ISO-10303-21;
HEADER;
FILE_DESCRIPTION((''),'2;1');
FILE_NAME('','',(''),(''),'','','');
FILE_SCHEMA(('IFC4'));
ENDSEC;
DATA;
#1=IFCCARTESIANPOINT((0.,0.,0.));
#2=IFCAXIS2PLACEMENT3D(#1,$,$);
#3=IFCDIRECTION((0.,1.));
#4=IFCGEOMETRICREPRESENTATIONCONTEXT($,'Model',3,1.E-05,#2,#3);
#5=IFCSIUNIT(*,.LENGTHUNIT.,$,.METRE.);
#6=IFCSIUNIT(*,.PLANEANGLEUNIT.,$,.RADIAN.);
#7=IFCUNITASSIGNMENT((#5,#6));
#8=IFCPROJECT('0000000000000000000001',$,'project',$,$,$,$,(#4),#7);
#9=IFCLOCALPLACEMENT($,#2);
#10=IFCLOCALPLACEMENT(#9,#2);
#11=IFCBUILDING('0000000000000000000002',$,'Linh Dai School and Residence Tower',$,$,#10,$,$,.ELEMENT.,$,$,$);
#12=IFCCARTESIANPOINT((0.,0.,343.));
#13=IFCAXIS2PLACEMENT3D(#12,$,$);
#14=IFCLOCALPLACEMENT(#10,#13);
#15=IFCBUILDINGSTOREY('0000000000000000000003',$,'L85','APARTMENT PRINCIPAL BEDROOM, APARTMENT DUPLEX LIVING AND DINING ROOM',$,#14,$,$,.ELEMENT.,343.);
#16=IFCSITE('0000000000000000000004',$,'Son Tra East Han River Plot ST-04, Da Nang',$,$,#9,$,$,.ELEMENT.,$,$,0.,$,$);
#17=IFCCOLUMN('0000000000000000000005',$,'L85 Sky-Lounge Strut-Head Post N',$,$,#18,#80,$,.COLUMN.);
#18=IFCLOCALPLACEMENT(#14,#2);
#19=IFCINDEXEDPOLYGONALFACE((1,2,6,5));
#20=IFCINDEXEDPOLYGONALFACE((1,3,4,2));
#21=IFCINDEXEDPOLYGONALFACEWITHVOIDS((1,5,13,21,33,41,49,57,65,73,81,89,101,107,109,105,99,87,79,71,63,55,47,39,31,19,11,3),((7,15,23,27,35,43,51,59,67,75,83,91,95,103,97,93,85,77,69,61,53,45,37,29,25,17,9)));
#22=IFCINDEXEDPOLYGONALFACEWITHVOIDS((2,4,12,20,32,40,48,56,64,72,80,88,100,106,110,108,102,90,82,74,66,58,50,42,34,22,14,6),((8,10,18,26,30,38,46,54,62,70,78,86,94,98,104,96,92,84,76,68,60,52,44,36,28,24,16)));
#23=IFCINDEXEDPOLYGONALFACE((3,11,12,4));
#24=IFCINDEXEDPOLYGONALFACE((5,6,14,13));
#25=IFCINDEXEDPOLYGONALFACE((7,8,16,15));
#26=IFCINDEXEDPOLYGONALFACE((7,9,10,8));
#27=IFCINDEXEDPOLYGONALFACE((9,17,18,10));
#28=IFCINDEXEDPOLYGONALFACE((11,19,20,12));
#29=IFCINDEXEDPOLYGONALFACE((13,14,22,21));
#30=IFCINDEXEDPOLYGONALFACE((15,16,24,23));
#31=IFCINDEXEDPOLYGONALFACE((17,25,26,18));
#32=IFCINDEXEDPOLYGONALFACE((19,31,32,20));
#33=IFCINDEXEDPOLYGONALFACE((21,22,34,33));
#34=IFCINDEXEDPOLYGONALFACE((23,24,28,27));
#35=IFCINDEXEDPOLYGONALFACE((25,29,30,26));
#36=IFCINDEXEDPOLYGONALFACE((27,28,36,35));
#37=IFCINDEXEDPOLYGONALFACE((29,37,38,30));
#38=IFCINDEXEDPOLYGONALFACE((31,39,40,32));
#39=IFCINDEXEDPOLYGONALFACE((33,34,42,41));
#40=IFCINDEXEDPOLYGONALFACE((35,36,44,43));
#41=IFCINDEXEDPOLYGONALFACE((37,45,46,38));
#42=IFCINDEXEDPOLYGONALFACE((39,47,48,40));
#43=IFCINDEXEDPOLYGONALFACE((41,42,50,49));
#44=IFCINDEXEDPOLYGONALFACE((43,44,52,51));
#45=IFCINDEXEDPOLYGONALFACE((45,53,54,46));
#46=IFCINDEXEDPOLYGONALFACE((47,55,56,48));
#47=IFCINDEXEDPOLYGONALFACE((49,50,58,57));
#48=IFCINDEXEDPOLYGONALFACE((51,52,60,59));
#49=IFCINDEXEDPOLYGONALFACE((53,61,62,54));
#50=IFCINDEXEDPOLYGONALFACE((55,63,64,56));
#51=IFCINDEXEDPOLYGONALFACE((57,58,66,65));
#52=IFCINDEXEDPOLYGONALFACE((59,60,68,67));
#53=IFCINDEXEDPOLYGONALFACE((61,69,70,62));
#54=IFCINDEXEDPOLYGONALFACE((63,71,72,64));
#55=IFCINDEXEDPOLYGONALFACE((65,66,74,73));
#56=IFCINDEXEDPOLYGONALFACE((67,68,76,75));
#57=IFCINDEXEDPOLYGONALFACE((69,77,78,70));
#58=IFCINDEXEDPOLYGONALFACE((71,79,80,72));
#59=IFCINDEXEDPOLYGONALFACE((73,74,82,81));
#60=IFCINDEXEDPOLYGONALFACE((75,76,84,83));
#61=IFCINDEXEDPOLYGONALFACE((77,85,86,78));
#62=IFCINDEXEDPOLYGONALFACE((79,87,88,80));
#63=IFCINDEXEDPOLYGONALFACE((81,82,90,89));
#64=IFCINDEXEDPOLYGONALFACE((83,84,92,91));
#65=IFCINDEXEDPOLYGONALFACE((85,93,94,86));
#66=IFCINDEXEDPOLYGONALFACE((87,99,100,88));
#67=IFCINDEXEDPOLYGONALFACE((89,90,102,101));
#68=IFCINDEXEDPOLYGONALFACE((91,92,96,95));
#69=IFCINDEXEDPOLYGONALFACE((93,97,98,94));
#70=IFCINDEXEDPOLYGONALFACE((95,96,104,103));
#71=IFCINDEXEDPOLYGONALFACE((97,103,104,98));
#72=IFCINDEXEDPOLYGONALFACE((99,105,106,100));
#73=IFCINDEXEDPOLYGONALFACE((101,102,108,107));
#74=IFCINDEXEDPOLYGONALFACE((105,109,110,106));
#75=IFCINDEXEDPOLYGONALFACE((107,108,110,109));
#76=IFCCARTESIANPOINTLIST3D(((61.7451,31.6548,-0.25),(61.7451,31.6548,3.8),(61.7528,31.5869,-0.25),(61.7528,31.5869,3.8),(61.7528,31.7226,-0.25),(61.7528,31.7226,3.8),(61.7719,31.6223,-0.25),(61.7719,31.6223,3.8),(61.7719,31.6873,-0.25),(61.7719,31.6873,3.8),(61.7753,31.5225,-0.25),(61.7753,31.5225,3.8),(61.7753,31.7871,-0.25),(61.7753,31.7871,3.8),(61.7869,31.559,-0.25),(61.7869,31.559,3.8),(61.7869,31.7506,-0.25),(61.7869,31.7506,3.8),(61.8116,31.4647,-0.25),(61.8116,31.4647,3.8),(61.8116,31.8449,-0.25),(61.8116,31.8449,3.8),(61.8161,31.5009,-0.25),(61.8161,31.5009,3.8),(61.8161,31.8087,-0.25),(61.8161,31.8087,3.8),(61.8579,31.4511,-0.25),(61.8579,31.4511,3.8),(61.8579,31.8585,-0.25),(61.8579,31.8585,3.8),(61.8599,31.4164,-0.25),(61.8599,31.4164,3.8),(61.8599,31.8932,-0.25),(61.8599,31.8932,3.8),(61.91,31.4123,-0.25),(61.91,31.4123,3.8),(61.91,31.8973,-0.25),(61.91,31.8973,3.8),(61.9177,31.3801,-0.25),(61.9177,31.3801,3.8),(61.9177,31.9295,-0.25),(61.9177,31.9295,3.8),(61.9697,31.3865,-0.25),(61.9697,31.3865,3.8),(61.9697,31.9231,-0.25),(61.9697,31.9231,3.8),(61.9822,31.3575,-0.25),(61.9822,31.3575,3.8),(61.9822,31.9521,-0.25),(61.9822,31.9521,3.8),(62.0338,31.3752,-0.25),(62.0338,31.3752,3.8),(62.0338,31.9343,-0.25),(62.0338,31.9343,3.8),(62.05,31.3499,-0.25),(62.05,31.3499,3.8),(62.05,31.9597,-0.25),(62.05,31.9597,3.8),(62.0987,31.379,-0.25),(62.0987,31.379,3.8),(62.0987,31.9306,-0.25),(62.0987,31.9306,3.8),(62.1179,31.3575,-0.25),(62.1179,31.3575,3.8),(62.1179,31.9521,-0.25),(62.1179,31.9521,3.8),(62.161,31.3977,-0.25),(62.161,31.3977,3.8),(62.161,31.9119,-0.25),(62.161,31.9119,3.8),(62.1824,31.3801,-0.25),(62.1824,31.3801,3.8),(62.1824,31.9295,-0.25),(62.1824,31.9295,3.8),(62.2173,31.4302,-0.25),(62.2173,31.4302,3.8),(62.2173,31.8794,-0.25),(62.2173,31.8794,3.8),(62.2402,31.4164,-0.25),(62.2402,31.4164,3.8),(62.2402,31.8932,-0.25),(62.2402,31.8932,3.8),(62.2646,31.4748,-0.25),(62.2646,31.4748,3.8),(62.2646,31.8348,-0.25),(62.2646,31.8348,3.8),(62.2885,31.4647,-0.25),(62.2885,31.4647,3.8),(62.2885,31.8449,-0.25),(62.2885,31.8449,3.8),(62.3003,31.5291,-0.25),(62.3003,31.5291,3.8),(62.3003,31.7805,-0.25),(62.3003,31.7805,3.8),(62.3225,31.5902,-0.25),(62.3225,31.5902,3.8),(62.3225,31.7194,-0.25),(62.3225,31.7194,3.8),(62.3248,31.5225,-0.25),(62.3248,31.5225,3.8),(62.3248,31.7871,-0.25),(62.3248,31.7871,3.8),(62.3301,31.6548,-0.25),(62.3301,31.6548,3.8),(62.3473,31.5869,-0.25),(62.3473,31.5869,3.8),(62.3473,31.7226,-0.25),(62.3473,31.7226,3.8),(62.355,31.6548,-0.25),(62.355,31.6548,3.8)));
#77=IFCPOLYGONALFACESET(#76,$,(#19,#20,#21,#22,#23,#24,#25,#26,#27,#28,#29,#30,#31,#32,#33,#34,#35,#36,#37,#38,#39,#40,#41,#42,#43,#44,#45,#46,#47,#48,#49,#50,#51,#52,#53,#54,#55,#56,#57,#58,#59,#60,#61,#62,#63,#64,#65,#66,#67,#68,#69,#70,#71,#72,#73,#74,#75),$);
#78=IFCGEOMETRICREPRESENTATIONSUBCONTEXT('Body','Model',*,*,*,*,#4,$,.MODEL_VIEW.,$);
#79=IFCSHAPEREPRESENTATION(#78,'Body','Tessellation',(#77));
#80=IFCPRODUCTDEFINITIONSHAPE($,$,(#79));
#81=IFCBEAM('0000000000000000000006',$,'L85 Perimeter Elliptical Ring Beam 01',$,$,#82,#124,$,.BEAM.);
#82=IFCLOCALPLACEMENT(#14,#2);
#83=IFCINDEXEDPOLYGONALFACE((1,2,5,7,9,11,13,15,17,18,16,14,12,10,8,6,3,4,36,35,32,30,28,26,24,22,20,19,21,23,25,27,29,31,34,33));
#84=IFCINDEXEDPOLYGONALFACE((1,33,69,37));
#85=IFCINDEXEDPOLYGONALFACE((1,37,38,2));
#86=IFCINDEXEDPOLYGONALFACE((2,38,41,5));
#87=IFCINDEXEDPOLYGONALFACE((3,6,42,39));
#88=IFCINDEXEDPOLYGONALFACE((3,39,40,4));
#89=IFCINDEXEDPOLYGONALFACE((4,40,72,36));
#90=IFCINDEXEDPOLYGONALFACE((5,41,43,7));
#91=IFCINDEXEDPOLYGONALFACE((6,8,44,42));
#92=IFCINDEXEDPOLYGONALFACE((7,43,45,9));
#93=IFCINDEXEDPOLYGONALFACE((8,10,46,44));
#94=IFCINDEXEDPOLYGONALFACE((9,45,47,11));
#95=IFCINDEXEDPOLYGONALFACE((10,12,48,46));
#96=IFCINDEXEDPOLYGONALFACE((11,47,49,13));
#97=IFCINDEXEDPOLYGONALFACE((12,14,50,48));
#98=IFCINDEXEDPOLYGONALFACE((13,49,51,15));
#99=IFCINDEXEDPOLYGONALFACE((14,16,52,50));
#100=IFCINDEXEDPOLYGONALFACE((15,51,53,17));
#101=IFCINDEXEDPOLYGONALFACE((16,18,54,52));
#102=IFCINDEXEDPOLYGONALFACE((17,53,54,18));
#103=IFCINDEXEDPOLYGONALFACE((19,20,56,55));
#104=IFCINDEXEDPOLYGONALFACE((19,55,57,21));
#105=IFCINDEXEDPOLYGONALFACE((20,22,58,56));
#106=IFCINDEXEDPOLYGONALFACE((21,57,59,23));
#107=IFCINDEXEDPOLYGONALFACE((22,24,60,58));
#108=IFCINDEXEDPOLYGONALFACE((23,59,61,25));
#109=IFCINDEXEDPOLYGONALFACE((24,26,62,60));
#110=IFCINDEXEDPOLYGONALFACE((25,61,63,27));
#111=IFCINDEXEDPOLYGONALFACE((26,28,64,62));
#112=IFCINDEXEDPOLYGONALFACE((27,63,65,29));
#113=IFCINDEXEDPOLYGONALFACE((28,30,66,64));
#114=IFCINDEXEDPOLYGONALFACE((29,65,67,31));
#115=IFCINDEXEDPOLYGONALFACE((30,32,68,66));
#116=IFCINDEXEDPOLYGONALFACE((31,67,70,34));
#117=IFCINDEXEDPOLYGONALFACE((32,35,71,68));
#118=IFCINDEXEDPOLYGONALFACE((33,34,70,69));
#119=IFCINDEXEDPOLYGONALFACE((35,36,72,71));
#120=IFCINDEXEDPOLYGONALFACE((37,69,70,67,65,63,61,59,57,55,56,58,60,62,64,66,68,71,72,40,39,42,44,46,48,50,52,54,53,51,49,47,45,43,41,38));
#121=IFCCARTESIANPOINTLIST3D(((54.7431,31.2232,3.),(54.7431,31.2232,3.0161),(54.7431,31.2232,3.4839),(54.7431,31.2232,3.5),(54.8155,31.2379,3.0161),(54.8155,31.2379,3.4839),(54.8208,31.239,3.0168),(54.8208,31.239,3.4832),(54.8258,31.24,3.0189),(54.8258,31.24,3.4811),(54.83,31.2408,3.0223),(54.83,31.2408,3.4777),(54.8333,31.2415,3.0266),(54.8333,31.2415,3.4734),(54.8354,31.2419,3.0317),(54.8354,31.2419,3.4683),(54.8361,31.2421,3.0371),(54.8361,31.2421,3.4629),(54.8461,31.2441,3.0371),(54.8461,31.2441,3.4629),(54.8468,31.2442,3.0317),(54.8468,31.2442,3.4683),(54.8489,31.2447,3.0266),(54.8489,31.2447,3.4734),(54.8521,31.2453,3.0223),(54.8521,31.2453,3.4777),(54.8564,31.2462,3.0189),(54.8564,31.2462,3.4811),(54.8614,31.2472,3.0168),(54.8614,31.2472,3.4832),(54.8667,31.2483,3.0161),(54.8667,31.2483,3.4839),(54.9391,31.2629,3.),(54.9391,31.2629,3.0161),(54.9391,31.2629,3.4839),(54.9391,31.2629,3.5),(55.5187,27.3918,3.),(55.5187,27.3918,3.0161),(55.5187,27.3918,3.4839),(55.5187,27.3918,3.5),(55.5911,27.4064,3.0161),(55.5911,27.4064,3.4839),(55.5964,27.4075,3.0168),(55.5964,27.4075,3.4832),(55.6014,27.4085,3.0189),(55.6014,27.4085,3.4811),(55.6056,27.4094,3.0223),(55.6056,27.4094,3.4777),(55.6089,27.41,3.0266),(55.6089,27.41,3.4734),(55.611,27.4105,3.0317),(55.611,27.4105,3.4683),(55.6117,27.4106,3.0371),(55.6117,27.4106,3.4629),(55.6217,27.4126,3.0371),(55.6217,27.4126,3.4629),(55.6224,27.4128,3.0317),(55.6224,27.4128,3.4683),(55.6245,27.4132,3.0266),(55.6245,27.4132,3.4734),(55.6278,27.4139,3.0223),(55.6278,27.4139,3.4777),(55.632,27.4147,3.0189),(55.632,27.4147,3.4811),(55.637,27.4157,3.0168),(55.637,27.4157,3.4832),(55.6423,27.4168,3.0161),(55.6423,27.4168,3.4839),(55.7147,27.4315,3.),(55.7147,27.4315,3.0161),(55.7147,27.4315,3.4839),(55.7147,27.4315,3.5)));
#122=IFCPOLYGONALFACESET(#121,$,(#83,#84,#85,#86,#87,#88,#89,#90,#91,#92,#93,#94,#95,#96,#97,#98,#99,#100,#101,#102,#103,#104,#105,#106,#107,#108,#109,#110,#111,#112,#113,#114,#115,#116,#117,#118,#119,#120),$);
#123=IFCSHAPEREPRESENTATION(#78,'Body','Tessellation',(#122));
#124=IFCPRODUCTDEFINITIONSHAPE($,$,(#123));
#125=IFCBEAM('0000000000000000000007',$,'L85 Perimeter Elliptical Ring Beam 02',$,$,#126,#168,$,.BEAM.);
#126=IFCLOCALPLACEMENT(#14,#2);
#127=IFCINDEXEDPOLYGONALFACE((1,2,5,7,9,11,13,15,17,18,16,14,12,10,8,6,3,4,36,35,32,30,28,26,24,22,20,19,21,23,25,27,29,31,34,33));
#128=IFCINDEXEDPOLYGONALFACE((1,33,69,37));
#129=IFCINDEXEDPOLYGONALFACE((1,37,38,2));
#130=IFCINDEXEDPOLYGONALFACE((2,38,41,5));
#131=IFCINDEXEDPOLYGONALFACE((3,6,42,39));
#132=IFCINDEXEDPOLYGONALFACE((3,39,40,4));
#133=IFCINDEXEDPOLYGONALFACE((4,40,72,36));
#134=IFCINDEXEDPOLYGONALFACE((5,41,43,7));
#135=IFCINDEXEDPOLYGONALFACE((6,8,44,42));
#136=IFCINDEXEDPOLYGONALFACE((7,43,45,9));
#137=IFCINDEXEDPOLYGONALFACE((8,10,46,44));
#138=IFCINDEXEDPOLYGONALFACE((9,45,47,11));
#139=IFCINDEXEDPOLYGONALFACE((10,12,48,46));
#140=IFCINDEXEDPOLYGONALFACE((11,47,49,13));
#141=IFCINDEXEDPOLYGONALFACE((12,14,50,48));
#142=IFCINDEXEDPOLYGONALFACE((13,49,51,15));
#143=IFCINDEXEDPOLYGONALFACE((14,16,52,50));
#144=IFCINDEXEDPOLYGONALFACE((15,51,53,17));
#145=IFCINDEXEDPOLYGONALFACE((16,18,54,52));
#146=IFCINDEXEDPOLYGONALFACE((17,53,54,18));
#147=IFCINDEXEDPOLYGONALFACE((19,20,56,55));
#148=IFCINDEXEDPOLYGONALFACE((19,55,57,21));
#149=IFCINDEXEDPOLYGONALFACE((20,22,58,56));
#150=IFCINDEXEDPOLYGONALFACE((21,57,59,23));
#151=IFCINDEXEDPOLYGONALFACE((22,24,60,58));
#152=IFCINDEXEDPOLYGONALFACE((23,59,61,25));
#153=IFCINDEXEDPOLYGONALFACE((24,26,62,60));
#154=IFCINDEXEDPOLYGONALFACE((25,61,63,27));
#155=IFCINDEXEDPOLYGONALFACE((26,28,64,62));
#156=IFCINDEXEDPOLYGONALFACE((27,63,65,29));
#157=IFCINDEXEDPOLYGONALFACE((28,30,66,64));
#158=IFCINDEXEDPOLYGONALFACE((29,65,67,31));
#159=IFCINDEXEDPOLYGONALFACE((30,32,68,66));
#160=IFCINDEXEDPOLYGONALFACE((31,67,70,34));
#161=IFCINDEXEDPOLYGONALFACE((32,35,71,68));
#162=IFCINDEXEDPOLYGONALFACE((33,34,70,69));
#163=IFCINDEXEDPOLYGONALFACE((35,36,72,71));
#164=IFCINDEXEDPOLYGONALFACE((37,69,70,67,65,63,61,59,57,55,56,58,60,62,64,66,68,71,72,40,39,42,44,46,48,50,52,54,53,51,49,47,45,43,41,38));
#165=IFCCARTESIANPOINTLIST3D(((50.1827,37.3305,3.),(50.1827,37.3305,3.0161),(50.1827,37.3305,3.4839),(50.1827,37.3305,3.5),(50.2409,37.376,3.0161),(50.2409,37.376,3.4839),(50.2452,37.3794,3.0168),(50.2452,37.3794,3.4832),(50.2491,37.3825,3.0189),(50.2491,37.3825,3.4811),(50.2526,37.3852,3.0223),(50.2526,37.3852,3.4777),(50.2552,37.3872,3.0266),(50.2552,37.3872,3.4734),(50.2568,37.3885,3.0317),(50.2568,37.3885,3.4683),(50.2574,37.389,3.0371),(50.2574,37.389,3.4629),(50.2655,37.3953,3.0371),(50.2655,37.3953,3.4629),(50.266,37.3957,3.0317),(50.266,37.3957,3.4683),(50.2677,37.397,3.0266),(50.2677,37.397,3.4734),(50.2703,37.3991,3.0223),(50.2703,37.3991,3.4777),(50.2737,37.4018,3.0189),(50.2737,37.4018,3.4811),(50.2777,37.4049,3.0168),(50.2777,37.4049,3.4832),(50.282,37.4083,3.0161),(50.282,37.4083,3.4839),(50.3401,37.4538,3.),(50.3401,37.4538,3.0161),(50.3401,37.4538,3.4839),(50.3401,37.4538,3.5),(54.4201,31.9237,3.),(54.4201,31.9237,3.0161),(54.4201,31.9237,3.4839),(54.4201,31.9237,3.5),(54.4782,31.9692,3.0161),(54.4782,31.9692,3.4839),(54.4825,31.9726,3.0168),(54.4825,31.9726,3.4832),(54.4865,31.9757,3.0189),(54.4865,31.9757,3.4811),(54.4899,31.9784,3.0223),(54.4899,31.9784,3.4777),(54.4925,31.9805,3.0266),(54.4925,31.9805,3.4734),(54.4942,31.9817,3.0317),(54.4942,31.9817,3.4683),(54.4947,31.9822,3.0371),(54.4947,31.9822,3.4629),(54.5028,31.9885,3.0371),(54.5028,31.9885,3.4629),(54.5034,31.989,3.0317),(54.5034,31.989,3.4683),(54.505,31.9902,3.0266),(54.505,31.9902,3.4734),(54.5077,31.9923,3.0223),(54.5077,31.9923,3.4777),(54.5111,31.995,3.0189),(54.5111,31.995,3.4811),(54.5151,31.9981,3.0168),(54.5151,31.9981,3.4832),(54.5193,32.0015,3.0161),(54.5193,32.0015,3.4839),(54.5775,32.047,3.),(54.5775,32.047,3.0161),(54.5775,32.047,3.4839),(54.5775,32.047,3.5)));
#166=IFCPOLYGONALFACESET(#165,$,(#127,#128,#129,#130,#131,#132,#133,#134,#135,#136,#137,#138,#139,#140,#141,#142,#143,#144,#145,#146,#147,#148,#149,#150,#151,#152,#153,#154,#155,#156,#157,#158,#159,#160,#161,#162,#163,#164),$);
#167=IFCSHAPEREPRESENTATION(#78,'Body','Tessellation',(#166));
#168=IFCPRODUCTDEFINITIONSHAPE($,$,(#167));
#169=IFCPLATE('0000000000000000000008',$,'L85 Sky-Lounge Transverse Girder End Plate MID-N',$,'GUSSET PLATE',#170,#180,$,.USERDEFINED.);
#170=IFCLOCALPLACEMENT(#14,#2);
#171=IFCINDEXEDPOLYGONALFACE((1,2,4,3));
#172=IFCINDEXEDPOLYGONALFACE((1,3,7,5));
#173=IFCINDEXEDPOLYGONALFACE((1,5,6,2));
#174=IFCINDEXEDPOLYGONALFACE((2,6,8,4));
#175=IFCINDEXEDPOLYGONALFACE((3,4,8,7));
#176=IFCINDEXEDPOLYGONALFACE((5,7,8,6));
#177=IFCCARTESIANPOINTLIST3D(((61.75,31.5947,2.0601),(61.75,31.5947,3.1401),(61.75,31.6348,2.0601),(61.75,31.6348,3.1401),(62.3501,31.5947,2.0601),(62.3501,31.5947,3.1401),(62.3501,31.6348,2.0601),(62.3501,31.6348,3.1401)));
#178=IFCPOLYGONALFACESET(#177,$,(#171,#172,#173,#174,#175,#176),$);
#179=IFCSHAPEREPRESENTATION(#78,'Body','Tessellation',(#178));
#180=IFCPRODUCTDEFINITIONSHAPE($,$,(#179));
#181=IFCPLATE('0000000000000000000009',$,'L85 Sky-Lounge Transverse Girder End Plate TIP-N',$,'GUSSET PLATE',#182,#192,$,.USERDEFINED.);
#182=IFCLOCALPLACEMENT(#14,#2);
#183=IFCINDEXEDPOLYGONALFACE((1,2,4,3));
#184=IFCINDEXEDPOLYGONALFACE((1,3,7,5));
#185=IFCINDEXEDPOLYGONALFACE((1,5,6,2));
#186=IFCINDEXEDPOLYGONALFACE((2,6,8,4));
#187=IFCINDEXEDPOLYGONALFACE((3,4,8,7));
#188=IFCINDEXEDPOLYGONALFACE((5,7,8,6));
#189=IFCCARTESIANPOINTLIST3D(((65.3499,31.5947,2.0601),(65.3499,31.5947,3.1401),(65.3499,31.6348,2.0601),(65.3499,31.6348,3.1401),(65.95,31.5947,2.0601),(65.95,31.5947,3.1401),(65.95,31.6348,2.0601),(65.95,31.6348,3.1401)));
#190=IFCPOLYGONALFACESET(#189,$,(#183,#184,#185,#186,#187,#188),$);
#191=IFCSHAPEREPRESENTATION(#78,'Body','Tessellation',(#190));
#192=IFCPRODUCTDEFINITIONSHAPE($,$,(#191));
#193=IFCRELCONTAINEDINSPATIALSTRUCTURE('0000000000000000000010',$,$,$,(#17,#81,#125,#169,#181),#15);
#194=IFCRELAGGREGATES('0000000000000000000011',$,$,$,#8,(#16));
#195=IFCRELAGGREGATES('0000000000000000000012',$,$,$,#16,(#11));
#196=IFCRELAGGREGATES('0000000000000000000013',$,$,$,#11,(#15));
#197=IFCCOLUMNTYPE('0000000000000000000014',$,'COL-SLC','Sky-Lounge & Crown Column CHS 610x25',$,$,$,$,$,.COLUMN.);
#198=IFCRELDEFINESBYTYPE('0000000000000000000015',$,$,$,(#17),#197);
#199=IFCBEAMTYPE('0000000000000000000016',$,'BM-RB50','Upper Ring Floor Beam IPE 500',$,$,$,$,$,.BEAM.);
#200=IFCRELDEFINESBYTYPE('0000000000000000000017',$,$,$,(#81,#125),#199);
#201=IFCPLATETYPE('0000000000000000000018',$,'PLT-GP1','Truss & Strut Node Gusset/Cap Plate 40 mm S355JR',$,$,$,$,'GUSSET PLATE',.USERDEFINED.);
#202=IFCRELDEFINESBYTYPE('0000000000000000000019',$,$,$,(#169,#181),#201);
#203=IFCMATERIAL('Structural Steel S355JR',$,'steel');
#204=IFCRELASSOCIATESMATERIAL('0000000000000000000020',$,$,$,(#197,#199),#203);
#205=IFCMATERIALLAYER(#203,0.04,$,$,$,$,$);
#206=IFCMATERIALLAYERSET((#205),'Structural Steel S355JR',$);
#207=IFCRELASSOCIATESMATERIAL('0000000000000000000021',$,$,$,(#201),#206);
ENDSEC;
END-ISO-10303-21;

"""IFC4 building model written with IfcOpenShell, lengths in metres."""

from ifc_helpers import new_model, si_unit, direction, frame, origin, origin_2d, place, context, subcontext, project, spatial, rectangle, hollow_circle, i_section, extrude, source, transform, mapped, material, layer, layer_set, material_profile, profile_set, type_object, element, save


model = new_model("IFC4")

# Units and contexts
model_context = context("Model", 3, precision=1e-05, world=origin(), true_north=direction((0.0, 1.0)))
body_context = subcontext(model_context, "Body", "Model", "MODEL_VIEW")
ifc_project = project(units=[si_unit("LENGTHUNIT", "METRE"), si_unit("PLANEANGLEUNIT", "RADIAN")], contexts=[model_context])

# Site, building, storey
site_placement = place(None, origin())
site = spatial("IfcSite", under=ifc_project, at=site_placement, Name="Son Tra East Han River Plot ST-04, Da Nang", CompositionType="ELEMENT", RefElevation=0.0)
building_placement = place(site_placement, origin())
building = spatial("IfcBuilding", under=site, at=building_placement, Name="Linh Dai School and Residence Tower", CompositionType="ELEMENT")
storey_placement = place(building_placement, frame((0.0, 0.0, 343.0)))
storey = spatial("IfcBuildingStorey", under=building, at=storey_placement, Name="L85", Description="APARTMENT PRINCIPAL BEDROOM, APARTMENT DUPLEX LIVING AND DINING ROOM", CompositionType="ELEMENT", Elevation=343.0)

# Column
ifc_material_1 = material(Name="Structural Steel S355JR", Category="steel")
ifc_material_profile_1 = material_profile(ifc_material_1, hollow_circle(Radius=0.3049, WallThickness=0.0249, at=origin_2d()), Name="CHS 610x25")
ifc_profile_set_1 = profile_set([ifc_material_profile_1], Name="Structural Steel S355JR")
column_type_1 = type_object("IfcColumnType", Name="COL-SLC", Description="Sky-Lounge & Crown Column CHS 610x25", PredefinedType="COLUMN", material=ifc_profile_set_1)
column_placement = place(storey_placement, frame((62.05, 31.6548, -0.25), z_axis=(0.0, 0.0, 1.0), x_axis=(1.0, 0.0, 0.0)))
element("IfcColumn", 1, at=column_placement, inside=storey, type_object=column_type_1, Name="L85 Sky-Lounge Strut-Head Post N", PredefinedType="COLUMN", context=body_context, shape_type="SweptSolid", body=[
    extrude(hollow_circle(Radius=0.3049, WallThickness=0.0249, at=origin_2d()), origin(), (0.0, 0.0, 1.0), 4.05),
])

# Beams
ifc_material_profile_2 = material_profile(ifc_material_1, i_section(OverallWidth=0.2, OverallDepth=0.5, WebThickness=0.0103, FlangeThickness=0.0161, FilletRadius=0.021, at=origin_2d()), Name="IPE 500")
ifc_profile_set_2 = profile_set([ifc_material_profile_2], Name="Structural Steel S355JR")
beam_type = type_object("IfcBeamType", Name="BM-RB50", Description="Upper Ring Floor Beam IPE 500", PredefinedType="BEAM", material=ifc_profile_set_2)
beam_1_placement = place(storey_placement, frame((55.6167, 27.4116, 3.25), z_axis=(-0.19841, 0.980119, 0.0), x_axis=(-0.980119, -0.19841, 0.0)))
element("IfcBeam", 2, at=beam_1_placement, inside=storey, type_object=beam_type, Name="L85 Perimeter Elliptical Ring Beam 01", PredefinedType="BEAM", context=body_context, shape_type="SweptSolid", body=[
    extrude(i_section(OverallWidth=0.2, OverallDepth=0.5, WebThickness=0.0103, FlangeThickness=0.0161, FilletRadius=0.021, at=origin_2d()), origin(), (0.0, 0.0, 1.0), 3.9092),
])
beam_2_placement = place(storey_placement, frame((54.4988, 31.9854, 3.25), z_axis=(-0.616845, 0.787085, 0.0), x_axis=(-0.787085, -0.616845, 0.0)))
element("IfcBeam", 3, at=beam_2_placement, inside=storey, type_object=beam_type, Name="L85 Perimeter Elliptical Ring Beam 02", PredefinedType="BEAM", context=body_context, shape_type="SweptSolid", body=[
    extrude(i_section(OverallWidth=0.2, OverallDepth=0.5, WebThickness=0.0103, FlangeThickness=0.0161, FilletRadius=0.021, at=origin_2d()), origin(), (0.0, 0.0, 1.0), 6.8694),
])

# Plates
ifc_layer_1 = layer(ifc_material_1, 0.04)
ifc_layer_set_1 = layer_set([ifc_layer_1], Name="Structural Steel S355JR")
plate_type_1 = type_object("IfcPlateType", Name="PLT-GP1", Description="Truss & Strut Node Gusset/Cap Plate 40 mm S355JR", ElementType="GUSSET PLATE", PredefinedType="USERDEFINED", material=ifc_layer_set_1)
shared_shape_1 = source(origin(), body_context, "Body", "SweptSolid", [
    extrude(rectangle(XDim=0.6001, YDim=0.04, at=origin_2d()), origin(), (0.0, 0.0, 1.0), 1.0801),
])
for number, where, z_axis, x_axis, name in (
    (4, (62.05, 31.6147, 2.0601), (0.0, 0.0, 1.0), (1.0, 0.0, 0.0), "L85 Sky-Lounge Transverse Girder End Plate MID-N"),
    (5, (65.6499, 31.6147, 2.0601), (0.0, 0.0, 1.0), (1.0, 0.0, 0.0), "L85 Sky-Lounge Transverse Girder End Plate TIP-N"),
):
    element("IfcPlate", number, at=place(storey_placement, frame(where, z_axis=z_axis, x_axis=x_axis)), inside=storey, type_object=plate_type_1, Name=name, ObjectType="GUSSET PLATE", PredefinedType="USERDEFINED", context=body_context, shape_type="MappedRepresentation", body=[
        mapped(shared_shape_1, transform((0.0, 0.0, 0.0), x_axis=(1.0, 0.0, 0.0), y_axis=(0.0, 1.0, 0.0), z_axis=(0.0, 0.0, 1.0), scale=1.0)),
    ])

save(model, "model.ifc")
